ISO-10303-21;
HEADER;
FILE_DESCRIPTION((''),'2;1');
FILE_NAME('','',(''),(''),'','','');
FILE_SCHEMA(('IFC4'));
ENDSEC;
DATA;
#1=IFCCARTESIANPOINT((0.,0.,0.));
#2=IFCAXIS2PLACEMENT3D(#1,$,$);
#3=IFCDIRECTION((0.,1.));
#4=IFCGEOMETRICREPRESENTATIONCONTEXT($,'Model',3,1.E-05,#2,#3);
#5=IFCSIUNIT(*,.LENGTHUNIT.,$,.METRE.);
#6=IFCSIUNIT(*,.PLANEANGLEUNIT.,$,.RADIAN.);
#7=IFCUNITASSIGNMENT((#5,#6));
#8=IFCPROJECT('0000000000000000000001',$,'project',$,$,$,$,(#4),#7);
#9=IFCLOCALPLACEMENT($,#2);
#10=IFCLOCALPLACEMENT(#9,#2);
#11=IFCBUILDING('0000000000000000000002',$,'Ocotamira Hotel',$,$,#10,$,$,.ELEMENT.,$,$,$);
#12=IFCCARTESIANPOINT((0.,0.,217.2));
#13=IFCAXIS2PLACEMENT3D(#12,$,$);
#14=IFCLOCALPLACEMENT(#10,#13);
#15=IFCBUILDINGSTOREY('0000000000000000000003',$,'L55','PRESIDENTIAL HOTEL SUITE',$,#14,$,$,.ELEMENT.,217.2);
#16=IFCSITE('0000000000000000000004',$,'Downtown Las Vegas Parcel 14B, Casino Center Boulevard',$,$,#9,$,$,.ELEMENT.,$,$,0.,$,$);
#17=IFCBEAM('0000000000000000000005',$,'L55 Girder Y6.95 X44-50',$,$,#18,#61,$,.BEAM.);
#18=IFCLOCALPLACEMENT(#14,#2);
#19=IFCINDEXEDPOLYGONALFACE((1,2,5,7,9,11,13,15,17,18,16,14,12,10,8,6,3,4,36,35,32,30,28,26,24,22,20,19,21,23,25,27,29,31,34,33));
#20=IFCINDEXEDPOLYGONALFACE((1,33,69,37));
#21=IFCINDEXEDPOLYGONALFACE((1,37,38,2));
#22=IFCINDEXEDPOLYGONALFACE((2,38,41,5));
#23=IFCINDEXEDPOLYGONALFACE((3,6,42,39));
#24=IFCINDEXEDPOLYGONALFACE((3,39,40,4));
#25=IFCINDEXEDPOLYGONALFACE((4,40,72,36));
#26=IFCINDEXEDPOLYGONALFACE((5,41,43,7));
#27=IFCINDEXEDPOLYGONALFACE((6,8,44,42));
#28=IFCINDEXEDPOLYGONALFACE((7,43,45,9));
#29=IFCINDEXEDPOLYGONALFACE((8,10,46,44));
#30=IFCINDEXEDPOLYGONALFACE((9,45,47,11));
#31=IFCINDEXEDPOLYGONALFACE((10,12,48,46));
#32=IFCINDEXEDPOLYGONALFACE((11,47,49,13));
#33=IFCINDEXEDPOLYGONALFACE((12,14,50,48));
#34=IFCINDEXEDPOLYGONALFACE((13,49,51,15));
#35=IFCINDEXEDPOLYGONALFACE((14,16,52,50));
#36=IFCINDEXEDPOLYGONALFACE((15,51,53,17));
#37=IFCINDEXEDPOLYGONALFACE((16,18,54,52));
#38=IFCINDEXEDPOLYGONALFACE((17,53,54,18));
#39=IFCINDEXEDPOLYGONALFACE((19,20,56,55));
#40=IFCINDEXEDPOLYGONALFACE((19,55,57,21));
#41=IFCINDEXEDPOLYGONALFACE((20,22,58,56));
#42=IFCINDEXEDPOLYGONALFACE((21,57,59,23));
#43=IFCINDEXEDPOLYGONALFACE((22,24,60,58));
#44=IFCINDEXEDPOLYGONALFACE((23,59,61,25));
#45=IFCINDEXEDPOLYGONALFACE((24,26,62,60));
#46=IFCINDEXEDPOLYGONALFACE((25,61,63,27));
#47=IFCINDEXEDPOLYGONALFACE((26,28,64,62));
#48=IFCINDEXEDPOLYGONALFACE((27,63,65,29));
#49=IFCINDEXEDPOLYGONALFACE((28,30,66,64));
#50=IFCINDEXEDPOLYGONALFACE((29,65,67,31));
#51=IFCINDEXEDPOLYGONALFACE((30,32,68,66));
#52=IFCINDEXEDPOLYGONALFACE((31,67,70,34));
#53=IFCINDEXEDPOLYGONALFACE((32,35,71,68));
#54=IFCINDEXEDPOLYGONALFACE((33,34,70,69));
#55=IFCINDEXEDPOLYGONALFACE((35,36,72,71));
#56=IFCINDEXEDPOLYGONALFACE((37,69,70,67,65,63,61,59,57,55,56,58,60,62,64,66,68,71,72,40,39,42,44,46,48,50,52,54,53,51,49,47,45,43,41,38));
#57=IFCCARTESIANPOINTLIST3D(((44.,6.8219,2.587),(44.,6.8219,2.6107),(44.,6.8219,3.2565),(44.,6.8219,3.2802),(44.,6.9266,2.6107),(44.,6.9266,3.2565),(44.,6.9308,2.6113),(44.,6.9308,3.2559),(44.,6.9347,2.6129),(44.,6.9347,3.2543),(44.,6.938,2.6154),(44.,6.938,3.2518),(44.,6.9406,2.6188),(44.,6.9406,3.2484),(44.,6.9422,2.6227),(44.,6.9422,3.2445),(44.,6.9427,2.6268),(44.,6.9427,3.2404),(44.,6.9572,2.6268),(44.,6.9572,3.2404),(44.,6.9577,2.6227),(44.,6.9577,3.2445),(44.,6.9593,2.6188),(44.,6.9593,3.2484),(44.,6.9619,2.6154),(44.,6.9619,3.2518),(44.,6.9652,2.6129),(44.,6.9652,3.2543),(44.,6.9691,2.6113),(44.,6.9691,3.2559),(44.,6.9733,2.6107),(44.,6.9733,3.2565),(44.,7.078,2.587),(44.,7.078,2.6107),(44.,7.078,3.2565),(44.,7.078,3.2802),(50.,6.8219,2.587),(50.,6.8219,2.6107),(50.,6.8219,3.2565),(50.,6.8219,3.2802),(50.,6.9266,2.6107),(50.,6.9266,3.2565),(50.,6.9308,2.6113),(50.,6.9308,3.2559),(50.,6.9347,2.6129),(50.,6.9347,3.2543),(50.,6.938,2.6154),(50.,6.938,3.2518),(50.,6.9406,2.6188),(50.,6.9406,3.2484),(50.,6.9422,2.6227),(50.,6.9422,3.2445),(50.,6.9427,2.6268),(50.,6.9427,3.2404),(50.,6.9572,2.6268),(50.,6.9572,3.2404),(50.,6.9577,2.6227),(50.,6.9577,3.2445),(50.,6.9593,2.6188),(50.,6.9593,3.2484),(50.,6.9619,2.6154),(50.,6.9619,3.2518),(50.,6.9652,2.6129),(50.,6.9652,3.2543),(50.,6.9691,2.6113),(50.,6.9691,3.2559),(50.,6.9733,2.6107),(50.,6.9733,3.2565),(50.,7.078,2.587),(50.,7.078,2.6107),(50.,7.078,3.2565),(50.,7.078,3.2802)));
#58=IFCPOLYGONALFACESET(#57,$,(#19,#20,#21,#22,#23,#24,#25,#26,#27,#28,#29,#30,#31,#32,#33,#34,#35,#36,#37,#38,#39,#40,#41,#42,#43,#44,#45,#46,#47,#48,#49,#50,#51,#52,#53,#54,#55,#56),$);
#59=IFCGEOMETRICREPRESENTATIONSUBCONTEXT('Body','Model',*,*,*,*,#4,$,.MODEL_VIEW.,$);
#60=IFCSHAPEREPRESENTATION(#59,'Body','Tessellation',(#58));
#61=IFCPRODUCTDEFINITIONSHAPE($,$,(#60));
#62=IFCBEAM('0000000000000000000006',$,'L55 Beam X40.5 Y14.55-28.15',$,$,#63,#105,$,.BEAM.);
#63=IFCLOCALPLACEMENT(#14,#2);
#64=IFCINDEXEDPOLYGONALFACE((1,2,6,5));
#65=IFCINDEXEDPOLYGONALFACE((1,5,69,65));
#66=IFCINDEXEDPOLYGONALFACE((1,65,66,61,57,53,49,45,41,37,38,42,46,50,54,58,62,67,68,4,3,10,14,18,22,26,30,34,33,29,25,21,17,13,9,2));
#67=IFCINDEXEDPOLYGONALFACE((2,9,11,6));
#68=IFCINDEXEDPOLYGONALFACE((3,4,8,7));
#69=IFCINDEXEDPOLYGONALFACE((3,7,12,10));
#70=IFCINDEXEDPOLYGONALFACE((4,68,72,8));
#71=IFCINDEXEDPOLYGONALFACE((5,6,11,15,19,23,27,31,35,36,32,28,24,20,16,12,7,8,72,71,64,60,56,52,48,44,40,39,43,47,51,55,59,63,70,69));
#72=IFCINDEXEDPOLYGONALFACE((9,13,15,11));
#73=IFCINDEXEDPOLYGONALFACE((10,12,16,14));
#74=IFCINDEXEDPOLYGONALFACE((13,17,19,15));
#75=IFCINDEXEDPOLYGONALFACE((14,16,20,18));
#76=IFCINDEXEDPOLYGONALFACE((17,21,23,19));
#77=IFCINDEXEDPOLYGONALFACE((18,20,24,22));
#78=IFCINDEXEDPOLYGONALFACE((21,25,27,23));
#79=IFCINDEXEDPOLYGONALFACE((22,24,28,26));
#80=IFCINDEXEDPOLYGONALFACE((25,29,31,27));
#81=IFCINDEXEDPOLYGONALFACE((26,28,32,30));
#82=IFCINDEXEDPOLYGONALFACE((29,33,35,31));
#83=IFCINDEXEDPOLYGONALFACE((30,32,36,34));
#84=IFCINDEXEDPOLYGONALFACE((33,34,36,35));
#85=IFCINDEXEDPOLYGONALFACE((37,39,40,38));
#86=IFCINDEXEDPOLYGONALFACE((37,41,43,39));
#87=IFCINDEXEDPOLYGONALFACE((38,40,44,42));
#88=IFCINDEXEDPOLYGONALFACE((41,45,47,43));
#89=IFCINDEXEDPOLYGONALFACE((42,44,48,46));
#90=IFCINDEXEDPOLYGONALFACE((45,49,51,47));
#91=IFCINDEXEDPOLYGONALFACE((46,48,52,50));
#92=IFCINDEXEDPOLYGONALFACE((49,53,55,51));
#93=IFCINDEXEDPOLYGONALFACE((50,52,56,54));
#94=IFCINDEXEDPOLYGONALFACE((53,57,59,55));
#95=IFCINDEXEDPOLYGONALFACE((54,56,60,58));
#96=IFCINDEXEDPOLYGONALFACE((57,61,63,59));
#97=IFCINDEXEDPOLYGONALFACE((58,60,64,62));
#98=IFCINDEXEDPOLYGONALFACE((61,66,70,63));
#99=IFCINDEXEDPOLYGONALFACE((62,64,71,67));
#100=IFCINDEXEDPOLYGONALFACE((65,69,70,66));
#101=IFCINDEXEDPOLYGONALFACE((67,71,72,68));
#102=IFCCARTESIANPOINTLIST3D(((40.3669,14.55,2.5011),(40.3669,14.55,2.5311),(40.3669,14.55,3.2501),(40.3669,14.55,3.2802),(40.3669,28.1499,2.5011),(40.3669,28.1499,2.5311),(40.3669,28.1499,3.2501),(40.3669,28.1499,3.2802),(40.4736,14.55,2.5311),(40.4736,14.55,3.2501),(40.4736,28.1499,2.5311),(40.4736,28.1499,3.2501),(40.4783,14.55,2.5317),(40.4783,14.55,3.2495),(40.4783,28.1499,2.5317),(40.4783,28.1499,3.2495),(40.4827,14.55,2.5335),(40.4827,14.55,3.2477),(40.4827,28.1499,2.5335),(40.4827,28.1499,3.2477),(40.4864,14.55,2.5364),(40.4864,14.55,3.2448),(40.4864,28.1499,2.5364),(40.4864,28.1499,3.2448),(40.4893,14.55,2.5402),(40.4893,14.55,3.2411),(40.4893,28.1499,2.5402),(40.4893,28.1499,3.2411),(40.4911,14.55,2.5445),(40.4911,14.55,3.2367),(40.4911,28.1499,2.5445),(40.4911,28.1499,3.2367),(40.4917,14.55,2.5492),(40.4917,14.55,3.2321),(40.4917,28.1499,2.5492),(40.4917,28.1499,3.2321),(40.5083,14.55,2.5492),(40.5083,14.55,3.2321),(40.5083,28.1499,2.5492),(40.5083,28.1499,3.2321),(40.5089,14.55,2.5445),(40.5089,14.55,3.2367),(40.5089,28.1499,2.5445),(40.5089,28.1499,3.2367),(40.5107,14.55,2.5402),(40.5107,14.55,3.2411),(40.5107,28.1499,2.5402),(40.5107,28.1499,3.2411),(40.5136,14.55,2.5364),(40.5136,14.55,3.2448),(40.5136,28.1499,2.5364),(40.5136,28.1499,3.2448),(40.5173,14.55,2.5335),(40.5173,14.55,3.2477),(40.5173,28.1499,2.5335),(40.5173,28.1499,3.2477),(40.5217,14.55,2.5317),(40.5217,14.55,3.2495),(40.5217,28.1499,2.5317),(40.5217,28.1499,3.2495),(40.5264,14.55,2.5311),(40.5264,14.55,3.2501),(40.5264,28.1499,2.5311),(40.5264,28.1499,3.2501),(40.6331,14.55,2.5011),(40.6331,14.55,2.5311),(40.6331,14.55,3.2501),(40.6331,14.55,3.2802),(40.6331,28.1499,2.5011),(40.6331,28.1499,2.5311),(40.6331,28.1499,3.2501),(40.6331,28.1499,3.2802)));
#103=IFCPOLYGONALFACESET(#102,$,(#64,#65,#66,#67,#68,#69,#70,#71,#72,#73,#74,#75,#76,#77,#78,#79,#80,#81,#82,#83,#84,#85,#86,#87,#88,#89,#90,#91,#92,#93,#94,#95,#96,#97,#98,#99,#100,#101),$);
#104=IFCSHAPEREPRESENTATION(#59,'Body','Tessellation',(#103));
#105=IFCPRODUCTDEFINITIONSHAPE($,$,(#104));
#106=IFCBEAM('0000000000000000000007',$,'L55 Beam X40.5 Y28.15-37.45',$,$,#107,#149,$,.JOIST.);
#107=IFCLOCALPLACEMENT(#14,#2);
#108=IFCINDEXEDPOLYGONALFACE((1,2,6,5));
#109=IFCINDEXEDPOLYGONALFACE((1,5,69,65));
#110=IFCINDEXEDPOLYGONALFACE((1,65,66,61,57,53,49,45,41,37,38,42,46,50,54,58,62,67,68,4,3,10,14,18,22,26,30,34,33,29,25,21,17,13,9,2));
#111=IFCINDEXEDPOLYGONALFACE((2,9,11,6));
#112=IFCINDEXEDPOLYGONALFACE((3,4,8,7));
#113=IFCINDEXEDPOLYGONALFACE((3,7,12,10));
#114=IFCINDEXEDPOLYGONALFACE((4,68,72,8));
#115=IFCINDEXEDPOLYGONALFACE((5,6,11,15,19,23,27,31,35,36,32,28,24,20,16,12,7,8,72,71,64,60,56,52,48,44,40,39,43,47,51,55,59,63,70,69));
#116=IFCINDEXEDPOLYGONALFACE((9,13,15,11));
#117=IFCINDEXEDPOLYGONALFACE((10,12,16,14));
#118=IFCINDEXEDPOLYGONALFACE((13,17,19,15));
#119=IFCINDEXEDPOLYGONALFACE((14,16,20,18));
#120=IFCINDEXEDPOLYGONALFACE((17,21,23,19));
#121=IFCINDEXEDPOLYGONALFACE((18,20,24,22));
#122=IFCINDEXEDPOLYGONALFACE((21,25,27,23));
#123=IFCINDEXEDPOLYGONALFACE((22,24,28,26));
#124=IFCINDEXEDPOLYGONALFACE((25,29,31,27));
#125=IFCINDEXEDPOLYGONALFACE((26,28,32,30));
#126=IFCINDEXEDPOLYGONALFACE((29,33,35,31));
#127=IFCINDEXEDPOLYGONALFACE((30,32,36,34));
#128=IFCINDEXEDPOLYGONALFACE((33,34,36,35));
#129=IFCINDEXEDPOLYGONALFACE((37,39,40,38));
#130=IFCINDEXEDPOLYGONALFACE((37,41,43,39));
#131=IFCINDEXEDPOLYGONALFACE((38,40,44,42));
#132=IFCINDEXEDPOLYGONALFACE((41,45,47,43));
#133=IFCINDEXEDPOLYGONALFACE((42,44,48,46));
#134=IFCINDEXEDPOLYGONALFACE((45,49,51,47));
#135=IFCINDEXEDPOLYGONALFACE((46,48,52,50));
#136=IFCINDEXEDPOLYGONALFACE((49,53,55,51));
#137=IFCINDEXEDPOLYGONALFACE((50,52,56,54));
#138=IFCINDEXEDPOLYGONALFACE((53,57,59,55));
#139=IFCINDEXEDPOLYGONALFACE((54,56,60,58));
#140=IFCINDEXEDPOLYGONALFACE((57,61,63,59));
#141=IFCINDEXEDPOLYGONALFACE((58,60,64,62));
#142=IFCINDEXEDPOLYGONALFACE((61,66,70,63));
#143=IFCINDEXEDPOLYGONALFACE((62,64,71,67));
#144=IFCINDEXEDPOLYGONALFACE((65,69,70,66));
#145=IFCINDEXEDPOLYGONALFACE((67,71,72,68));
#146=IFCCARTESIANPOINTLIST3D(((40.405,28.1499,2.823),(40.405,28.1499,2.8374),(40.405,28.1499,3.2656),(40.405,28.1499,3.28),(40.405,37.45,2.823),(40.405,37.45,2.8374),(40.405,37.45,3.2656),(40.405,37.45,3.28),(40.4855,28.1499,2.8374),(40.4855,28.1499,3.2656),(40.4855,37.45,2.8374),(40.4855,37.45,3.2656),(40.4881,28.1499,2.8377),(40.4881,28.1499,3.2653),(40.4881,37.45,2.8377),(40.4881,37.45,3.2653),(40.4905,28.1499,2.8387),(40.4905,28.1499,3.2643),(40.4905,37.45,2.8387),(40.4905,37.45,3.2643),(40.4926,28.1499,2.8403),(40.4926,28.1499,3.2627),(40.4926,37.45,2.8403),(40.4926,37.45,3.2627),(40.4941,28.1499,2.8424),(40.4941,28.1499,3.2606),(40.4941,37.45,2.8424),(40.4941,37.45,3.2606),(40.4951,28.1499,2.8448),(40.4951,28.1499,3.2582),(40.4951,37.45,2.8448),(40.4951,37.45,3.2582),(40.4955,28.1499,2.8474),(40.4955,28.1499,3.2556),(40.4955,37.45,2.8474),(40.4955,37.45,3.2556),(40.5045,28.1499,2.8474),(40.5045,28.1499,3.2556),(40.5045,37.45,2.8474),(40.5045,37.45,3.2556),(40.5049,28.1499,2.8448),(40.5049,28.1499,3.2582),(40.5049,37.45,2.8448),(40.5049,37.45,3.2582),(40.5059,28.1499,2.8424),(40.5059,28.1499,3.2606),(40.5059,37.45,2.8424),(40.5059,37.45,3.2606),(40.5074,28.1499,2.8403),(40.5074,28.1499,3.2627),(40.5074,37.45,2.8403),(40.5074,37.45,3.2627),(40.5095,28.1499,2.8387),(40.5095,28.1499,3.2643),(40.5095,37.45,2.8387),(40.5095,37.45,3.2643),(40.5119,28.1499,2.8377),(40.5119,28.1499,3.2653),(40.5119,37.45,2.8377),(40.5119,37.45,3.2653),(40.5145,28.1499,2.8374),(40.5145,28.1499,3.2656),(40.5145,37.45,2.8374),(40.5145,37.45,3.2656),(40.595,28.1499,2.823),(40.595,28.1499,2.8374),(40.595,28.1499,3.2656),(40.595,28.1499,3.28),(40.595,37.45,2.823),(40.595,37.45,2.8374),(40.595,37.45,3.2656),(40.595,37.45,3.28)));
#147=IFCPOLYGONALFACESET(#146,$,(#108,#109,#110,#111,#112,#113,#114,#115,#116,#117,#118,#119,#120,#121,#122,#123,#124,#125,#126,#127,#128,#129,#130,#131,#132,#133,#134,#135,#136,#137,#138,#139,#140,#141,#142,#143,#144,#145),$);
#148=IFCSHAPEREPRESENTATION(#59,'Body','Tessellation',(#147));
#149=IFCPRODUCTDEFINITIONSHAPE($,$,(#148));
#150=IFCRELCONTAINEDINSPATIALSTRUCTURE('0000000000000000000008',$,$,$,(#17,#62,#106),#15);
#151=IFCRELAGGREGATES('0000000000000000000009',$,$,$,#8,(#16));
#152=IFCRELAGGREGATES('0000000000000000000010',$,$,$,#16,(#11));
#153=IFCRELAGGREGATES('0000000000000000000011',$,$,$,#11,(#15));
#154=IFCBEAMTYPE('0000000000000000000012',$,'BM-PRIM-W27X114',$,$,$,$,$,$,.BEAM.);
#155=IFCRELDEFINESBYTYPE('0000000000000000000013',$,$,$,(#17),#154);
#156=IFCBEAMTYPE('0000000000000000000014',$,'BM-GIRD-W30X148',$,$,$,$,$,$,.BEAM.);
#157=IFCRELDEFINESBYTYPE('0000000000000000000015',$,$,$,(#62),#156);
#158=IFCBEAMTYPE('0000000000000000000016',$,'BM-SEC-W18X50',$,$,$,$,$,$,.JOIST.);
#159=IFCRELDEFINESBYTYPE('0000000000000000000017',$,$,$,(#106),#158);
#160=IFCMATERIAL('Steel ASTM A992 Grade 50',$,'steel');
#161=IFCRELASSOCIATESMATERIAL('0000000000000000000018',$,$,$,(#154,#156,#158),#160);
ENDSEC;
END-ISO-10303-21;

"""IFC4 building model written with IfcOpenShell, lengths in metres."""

from ifc_helpers import new_model, si_unit, direction, frame, origin, origin_2d, place, context, subcontext, project, spatial, i_section, extrude, source, transform, mapped, material, material_profile, profile_set, type_object, element, save


model = new_model("IFC4")

# Units and contexts
model_context = context("Model", 3, precision=1e-05, world=origin(), true_north=direction((0.0, 1.0)))
body_context = subcontext(model_context, "Body", "Model", "MODEL_VIEW")
ifc_project = project(units=[si_unit("LENGTHUNIT", "METRE"), si_unit("PLANEANGLEUNIT", "RADIAN")], contexts=[model_context])

# Site, building, storey
site_placement = place(None, origin())
site = spatial("IfcSite", under=ifc_project, at=site_placement, Name="Downtown Las Vegas Parcel 14B, Casino Center Boulevard", CompositionType="ELEMENT", RefElevation=0.0)
building_placement = place(site_placement, origin())
building = spatial("IfcBuilding", under=site, at=building_placement, Name="Ocotamira Hotel", CompositionType="ELEMENT")
storey_placement = place(building_placement, frame((0.0, 0.0, 217.2)))
storey = spatial("IfcBuildingStorey", under=building, at=storey_placement, Name="L55", Description="PRESIDENTIAL HOTEL SUITE", CompositionType="ELEMENT", Elevation=217.2)

# Beams
ifc_material_1 = material(Name="Steel ASTM A992 Grade 50", Category="steel")
ifc_material_profile_1 = material_profile(ifc_material_1, i_section(OverallWidth=0.2561, OverallDepth=0.6931, WebThickness=0.0144, FlangeThickness=0.0237, FilletRadius=0.0161, at=origin_2d()), Name="W27X114")
ifc_profile_set_1 = profile_set([ifc_material_profile_1], Name="Steel ASTM A992 Grade 50")
beam_type_1 = type_object("IfcBeamType", Name="BM-PRIM-W27X114", PredefinedType="BEAM", material=ifc_profile_set_1)
shared_shape_1 = source(origin(), body_context, "Body", "SweptSolid", [
    extrude(i_section(OverallWidth=0.2561, OverallDepth=0.6931, WebThickness=0.0144, FlangeThickness=0.0237, FilletRadius=0.0161, at=origin_2d()), origin(), (0.0, 0.0, 1.0), 6.0),
])
beam_1_placement = place(storey_placement, frame((44.0, 6.95, 2.9336), z_axis=(1.0, 0.0, 0.0), x_axis=(0.0, 1.0, 0.0)))
element("IfcBeam", 1, at=beam_1_placement, inside=storey, type_object=beam_type_1, Name="L55 Girder Y6.95 X44-50", PredefinedType="BEAM", context=body_context, shape_type="MappedRepresentation", body=[
    mapped(shared_shape_1, transform((0.0, 0.0, 0.0), scale=1.0)),
])
ifc_material_profile_2 = material_profile(ifc_material_1, i_section(OverallWidth=0.2661, OverallDepth=0.7791, WebThickness=0.0166, FlangeThickness=0.03, FilletRadius=0.0181, at=origin_2d()), Name="W30X148")
ifc_profile_set_2 = profile_set([ifc_material_profile_2], Name="Steel ASTM A992 Grade 50")
beam_type_2 = type_object("IfcBeamType", Name="BM-GIRD-W30X148", PredefinedType="BEAM", material=ifc_profile_set_2)
shared_shape_2 = source(origin(), body_context, "Body", "SweptSolid", [
    extrude(i_section(OverallWidth=0.2661, OverallDepth=0.7791, WebThickness=0.0166, FlangeThickness=0.03, FilletRadius=0.0181, at=origin_2d()), origin(), (0.0, 0.0, 1.0), 13.5999),
])
beam_2_placement = place(storey_placement, frame((40.5, 14.55, 2.8906), z_axis=(0.0, 1.0, 0.0), x_axis=(-1.0, 0.0, 0.0)))
element("IfcBeam", 2, at=beam_2_placement, inside=storey, type_object=beam_type_2, Name="L55 Beam X40.5 Y14.55-28.15", PredefinedType="BEAM", context=body_context, shape_type="MappedRepresentation", body=[
    mapped(shared_shape_2, transform((0.0, 0.0, 0.0), scale=1.0)),
])
ifc_material_profile_3 = material_profile(ifc_material_1, i_section(OverallWidth=0.1899, OverallDepth=0.457, WebThickness=0.009, FlangeThickness=0.0144, FilletRadius=0.01, at=origin_2d()), Name="W18X50")
ifc_profile_set_3 = profile_set([ifc_material_profile_3], Name="Steel ASTM A992 Grade 50")
beam_type_3 = type_object("IfcBeamType", Name="BM-SEC-W18X50", PredefinedType="JOIST", material=ifc_profile_set_3)
shared_shape_3 = source(origin(), body_context, "Body", "SweptSolid", [
    extrude(i_section(OverallWidth=0.1899, OverallDepth=0.457, WebThickness=0.009, FlangeThickness=0.0144, FilletRadius=0.01, at=origin_2d()), origin(), (0.0, 0.0, 1.0), 9.3),
])
beam_3_placement = place(storey_placement, frame((40.5, 28.1499, 3.0515), z_axis=(0.0, 1.0, 0.0), x_axis=(-1.0, 0.0, 0.0)))
element("IfcBeam", 3, at=beam_3_placement, inside=storey, type_object=beam_type_3, Name="L55 Beam X40.5 Y28.15-37.45", PredefinedType="JOIST", context=body_context, shape_type="MappedRepresentation", body=[
    mapped(shared_shape_3, transform((0.0, 0.0, 0.0), scale=1.0)),
])

save(model, "model.ifc")
